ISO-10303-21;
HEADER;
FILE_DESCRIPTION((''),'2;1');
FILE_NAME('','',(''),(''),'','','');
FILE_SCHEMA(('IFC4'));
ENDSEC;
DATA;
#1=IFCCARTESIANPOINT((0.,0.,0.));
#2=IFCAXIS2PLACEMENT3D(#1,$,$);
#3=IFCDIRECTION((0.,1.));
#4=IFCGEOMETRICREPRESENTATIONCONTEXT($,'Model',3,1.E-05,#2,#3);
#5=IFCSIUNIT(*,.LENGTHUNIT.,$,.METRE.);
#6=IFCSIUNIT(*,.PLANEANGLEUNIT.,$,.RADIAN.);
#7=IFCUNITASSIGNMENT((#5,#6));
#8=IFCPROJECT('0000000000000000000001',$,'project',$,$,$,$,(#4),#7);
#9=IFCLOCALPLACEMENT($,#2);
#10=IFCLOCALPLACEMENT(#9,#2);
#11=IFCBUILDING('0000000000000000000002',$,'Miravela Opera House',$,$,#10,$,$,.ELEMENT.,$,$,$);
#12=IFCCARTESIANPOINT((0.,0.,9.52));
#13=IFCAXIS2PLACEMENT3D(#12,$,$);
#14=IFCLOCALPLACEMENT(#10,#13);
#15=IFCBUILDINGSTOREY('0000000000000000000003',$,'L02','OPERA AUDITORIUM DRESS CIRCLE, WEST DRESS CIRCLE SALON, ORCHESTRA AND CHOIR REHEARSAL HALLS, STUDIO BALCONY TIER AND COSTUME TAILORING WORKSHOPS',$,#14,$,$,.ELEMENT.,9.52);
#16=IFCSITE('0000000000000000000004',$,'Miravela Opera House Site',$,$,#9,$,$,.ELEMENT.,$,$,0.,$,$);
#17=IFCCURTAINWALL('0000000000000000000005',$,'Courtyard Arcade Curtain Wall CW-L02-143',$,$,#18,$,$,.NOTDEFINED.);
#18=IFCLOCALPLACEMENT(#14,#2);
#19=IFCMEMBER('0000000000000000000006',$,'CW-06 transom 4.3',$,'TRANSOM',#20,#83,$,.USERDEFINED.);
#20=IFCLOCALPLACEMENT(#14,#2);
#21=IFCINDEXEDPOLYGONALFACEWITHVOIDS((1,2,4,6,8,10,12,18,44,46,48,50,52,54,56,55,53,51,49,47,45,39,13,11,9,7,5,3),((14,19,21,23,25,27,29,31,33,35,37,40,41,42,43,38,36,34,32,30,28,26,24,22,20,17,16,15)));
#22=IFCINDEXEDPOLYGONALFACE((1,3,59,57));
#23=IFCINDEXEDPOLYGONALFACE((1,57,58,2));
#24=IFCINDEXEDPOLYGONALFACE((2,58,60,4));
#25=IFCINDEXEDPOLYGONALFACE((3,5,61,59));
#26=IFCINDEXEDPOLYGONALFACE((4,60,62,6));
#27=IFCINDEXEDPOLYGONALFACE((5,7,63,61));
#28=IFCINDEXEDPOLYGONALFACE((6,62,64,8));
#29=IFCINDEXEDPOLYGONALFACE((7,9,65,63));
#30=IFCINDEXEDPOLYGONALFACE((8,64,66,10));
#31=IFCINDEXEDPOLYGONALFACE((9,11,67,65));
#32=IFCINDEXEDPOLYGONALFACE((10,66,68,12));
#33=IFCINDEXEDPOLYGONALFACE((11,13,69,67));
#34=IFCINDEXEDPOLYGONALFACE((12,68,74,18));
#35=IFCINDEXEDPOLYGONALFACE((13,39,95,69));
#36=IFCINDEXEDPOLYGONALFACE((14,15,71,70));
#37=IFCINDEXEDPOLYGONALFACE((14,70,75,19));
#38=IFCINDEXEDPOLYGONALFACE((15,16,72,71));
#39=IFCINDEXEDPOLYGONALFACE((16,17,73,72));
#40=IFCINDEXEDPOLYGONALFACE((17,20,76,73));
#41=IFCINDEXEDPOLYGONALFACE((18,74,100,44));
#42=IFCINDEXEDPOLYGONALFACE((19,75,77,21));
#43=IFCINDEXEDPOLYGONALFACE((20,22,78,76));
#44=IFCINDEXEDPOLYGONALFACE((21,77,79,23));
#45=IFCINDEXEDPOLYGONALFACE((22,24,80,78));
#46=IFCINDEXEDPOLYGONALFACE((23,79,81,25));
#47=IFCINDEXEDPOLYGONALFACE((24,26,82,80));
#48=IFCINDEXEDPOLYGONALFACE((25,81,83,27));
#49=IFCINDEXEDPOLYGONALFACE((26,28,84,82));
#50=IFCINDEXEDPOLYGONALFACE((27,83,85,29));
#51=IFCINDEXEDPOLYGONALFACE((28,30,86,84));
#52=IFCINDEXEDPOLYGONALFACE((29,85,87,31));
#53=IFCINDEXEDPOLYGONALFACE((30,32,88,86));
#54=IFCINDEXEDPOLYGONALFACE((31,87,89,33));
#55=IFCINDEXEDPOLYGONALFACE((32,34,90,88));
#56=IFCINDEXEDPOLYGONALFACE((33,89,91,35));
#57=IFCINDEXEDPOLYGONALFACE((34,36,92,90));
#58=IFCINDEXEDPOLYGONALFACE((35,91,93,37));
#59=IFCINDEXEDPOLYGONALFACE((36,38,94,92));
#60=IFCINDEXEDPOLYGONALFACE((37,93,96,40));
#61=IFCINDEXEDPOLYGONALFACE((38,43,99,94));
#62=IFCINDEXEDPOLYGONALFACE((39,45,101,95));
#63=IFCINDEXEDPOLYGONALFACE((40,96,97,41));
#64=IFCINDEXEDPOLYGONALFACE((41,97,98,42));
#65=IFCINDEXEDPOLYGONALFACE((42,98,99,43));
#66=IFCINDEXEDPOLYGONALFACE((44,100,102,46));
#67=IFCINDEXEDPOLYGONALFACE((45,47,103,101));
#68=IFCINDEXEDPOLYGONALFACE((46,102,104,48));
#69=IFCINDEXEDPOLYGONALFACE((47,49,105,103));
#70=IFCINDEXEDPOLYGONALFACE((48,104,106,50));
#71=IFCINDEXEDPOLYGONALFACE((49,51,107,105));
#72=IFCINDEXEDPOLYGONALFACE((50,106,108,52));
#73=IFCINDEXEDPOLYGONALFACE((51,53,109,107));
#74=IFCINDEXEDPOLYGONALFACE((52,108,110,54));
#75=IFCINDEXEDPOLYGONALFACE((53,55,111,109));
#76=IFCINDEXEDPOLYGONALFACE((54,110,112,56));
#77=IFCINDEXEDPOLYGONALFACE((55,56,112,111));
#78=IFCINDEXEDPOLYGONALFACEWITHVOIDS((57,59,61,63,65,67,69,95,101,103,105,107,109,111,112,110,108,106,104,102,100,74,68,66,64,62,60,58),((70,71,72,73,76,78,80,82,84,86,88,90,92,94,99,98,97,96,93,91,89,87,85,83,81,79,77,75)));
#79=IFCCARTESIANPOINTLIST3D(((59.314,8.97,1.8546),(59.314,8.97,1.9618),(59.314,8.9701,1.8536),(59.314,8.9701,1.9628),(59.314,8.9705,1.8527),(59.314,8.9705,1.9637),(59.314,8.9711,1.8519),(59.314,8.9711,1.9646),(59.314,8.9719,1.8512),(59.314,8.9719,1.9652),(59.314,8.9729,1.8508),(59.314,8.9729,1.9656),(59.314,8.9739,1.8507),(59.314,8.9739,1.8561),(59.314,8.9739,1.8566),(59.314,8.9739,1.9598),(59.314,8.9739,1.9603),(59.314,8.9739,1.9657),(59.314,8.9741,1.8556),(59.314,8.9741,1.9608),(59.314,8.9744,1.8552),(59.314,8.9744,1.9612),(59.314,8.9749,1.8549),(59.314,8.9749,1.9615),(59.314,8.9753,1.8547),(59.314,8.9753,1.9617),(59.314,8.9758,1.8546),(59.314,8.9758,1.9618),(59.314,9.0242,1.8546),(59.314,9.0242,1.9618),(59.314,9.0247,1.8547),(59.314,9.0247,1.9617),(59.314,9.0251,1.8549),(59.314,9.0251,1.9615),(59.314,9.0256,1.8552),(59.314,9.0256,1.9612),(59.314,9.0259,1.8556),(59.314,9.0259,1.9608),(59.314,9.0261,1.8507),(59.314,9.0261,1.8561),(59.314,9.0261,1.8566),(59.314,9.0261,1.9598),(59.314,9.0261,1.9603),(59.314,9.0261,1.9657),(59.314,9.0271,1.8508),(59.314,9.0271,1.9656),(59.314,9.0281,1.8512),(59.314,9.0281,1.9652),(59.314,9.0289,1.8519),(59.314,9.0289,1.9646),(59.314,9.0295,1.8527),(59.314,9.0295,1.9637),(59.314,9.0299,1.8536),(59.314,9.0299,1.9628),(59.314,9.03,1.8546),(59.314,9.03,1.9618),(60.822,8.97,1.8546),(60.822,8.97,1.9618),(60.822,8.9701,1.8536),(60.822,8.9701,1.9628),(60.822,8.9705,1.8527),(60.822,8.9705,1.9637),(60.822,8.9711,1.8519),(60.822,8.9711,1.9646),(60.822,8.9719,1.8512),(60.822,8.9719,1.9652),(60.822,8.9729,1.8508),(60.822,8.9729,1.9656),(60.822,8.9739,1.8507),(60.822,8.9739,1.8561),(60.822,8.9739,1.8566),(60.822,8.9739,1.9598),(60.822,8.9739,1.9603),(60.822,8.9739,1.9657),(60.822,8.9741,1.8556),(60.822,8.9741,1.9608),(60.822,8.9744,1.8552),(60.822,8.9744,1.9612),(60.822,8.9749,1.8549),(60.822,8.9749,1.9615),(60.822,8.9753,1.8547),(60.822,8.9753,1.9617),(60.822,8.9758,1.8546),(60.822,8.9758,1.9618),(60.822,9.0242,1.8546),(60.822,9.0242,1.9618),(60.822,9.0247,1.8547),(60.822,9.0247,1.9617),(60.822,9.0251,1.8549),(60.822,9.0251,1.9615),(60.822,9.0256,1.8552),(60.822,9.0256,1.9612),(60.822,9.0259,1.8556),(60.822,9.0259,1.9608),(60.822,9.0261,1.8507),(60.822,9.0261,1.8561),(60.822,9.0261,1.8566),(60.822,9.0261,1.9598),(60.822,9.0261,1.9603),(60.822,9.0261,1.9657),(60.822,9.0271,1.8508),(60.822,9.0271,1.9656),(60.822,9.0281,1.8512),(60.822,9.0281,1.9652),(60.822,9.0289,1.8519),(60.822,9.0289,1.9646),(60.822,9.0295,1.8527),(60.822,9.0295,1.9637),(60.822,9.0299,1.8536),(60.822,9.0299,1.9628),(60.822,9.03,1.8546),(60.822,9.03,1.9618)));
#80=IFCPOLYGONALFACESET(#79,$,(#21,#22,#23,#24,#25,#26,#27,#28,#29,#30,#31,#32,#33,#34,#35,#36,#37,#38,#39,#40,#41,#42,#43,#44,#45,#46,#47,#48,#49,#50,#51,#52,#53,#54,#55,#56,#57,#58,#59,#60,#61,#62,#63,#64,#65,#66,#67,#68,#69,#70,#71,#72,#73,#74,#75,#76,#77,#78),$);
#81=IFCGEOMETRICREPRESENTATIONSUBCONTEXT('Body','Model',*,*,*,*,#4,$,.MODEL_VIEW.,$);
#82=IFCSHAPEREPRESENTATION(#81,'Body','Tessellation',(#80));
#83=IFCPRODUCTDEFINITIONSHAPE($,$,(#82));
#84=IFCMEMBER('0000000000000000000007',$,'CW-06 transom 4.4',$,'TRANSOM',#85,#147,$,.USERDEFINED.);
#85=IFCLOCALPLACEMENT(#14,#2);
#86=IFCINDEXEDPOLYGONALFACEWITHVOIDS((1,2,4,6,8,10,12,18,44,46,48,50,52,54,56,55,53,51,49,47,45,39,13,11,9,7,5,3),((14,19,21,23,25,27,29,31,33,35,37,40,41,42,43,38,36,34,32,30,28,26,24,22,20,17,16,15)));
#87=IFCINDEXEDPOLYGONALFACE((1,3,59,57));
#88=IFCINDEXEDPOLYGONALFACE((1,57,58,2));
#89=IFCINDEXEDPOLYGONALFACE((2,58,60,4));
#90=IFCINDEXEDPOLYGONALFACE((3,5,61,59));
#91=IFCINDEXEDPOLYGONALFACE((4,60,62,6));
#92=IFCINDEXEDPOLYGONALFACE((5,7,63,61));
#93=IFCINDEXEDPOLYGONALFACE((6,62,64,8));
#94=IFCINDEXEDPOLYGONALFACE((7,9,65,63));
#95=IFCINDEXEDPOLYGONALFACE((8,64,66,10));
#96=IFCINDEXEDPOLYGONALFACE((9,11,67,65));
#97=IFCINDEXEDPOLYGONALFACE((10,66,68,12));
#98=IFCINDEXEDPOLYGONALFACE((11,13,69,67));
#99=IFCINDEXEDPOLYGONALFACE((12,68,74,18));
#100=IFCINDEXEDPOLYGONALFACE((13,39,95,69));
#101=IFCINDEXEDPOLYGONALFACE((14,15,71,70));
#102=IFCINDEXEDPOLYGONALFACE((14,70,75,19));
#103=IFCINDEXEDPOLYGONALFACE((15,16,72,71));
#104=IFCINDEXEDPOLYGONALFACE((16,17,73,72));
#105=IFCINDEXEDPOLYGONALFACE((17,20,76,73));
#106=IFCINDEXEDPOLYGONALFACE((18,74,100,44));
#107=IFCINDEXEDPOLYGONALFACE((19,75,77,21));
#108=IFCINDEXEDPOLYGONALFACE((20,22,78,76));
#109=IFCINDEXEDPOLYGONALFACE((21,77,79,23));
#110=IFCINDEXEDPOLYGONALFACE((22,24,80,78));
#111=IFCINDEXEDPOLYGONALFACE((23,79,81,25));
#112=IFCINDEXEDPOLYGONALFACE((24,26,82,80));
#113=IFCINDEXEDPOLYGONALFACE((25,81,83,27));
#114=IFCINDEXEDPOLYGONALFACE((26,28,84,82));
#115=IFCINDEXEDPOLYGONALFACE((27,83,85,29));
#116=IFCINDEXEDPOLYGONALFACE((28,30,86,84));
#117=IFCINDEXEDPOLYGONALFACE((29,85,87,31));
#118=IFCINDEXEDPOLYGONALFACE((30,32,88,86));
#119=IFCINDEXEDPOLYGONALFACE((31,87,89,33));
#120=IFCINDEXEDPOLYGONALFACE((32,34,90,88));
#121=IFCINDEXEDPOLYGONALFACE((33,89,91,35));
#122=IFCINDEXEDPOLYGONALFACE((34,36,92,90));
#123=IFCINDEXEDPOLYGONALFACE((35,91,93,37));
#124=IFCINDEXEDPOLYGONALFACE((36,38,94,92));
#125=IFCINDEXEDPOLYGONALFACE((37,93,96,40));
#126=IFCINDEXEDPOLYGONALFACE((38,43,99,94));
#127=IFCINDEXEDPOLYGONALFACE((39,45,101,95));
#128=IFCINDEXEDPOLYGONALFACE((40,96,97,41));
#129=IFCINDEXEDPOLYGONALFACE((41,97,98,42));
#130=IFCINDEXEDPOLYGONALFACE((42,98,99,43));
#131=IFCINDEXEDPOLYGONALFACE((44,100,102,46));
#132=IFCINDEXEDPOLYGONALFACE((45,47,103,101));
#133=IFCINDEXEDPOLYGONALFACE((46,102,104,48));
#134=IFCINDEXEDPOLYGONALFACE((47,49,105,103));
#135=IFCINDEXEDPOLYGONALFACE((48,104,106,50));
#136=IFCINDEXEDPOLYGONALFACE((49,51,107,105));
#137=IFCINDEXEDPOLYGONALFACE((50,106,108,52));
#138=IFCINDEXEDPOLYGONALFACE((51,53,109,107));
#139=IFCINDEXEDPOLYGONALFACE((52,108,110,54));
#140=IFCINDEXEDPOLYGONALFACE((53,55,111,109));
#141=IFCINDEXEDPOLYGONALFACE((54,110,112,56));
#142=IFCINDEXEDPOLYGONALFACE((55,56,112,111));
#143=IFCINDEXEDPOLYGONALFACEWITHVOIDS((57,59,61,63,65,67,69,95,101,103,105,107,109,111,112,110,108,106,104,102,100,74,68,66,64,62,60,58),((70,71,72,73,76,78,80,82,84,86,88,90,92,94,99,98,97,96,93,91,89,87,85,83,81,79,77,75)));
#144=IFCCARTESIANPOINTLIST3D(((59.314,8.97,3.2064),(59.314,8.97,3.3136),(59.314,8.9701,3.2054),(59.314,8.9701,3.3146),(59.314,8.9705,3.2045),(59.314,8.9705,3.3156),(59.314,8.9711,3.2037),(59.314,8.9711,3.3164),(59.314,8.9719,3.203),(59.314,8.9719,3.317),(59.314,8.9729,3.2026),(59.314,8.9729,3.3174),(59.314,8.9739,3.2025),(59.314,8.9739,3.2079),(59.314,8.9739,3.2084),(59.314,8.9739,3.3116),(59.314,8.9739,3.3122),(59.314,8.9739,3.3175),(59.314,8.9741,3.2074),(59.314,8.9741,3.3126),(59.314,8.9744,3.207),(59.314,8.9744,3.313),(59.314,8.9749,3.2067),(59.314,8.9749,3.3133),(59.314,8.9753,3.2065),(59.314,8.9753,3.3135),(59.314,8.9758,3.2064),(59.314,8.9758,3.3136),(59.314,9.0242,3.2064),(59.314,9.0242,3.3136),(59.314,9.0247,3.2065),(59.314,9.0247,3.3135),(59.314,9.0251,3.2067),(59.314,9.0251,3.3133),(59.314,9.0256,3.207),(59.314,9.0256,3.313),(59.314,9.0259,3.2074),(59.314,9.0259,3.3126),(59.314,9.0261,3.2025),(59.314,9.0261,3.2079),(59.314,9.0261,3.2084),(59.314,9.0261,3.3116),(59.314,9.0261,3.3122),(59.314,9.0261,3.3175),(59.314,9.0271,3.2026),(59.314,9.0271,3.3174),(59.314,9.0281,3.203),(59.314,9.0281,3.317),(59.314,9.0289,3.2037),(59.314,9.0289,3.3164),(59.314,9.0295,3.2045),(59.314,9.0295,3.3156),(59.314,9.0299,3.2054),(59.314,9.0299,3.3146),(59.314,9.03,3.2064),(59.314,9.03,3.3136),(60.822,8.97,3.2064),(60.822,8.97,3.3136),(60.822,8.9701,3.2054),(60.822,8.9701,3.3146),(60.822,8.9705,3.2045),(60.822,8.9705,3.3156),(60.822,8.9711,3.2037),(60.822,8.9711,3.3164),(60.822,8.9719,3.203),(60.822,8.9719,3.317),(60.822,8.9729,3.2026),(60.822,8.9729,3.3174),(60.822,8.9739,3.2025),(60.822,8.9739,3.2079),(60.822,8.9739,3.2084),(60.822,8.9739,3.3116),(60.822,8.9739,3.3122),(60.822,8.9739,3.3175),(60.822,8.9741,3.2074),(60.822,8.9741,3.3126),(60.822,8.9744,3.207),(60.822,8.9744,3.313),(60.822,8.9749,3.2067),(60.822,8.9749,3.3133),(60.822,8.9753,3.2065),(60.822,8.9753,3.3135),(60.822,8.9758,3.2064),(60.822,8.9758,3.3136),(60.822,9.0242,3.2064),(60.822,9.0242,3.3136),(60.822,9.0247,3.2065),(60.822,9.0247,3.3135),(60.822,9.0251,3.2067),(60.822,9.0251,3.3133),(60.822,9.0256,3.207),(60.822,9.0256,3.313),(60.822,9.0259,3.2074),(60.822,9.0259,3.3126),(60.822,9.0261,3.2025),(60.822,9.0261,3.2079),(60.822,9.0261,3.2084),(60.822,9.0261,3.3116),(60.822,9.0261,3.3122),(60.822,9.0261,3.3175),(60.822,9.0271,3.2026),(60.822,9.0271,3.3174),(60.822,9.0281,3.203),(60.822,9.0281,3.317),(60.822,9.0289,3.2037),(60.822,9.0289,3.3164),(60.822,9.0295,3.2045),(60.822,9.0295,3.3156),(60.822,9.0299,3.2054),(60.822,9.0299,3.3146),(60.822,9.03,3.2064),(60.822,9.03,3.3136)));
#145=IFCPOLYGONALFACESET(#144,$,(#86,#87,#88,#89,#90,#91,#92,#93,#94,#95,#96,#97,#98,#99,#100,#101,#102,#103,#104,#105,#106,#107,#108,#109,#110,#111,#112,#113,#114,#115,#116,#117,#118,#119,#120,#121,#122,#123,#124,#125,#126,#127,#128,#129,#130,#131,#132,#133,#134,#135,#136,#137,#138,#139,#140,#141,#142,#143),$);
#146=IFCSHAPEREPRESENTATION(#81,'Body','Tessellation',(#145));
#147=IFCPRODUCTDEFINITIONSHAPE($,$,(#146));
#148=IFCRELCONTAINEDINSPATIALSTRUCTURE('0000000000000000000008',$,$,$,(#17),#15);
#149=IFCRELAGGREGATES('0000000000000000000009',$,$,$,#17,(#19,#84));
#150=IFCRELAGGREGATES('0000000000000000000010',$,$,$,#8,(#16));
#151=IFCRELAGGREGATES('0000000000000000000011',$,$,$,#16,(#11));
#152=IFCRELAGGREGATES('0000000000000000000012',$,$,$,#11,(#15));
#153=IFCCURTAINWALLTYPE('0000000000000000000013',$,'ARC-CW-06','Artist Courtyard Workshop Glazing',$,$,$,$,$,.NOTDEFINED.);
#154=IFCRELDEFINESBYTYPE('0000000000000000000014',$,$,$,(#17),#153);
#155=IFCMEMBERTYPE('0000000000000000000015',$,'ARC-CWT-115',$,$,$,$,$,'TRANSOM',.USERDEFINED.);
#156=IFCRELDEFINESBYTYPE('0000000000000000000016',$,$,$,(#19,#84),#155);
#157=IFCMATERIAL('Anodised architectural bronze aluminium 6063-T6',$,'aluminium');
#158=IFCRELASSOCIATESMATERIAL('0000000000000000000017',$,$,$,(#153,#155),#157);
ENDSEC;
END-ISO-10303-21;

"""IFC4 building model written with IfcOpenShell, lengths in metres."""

from ifc_helpers import new_model, si_unit, direction, frame, origin, origin_2d, place, context, subcontext, project, spatial, hollow_rectangle, extrude, material, material_profile, profile_set, type_object, element, aggregate, save


model = new_model("IFC4")

# Units and contexts
model_context = context("Model", 3, precision=1e-05, world=origin(), true_north=direction((0.0, 1.0)))
body_context = subcontext(model_context, "Body", "Model", "MODEL_VIEW")
ifc_project = project(units=[si_unit("LENGTHUNIT", "METRE"), si_unit("PLANEANGLEUNIT", "RADIAN")], contexts=[model_context])

# Site, building, storey
site_placement = place(None, origin())
site = spatial("IfcSite", under=ifc_project, at=site_placement, Name="Miravela Opera House Site", CompositionType="ELEMENT", RefElevation=0.0)
building_placement = place(site_placement, origin())
building = spatial("IfcBuilding", under=site, at=building_placement, Name="Miravela Opera House", CompositionType="ELEMENT")
storey_placement = place(building_placement, frame((0.0, 0.0, 9.52)))
storey = spatial("IfcBuildingStorey", under=building, at=storey_placement, Name="L02", Description="OPERA AUDITORIUM DRESS CIRCLE, WEST DRESS CIRCLE SALON, ORCHESTRA AND CHOIR REHEARSAL HALLS, STUDIO BALCONY TIER AND COSTUME TAILORING WORKSHOPS", CompositionType="ELEMENT", Elevation=9.52)

# Curtain wall
ifc_material_1 = material(Name="Anodised architectural bronze aluminium 6063-T6", Category="aluminium")
curtain_wall_type = type_object("IfcCurtainWallType", Name="ARC-CW-06", Description="Artist Courtyard Workshop Glazing", PredefinedType="NOTDEFINED", material=ifc_material_1)
curtain_wall_1_placement = place(storey_placement, origin())
curtain_wall_1 = element("IfcCurtainWall", 1, at=curtain_wall_1_placement, inside=storey, type_object=curtain_wall_type, Name="Courtyard Arcade Curtain Wall CW-L02-143", PredefinedType="NOTDEFINED")

# Members
ifc_material_profile_1 = material_profile(ifc_material_1, hollow_rectangle(XDim=0.0601, YDim=0.115, WallThickness=0.0039, InnerFilletRadius=0.002, OuterFilletRadius=0.0039, at=origin_2d()), Name="CWT-60X115")
ifc_profile_set_1 = profile_set([ifc_material_profile_1])
member_type_1 = type_object("IfcMemberType", Name="ARC-CWT-115", ElementType="TRANSOM", PredefinedType="USERDEFINED", material=ifc_profile_set_1)
member_1_placement = place(storey_placement, frame((59.314, 9.0, 1.9082), z_axis=(1.0, 0.0, 0.0), x_axis=(0.0, 1.0, 0.0)))
member_1 = element("IfcMember", 2, at=member_1_placement, type_object=member_type_1, Name="CW-06 transom 4.3", ObjectType="TRANSOM", PredefinedType="USERDEFINED", context=body_context, shape_type="SweptSolid", body=[
    extrude(hollow_rectangle(XDim=0.0601, YDim=0.115, WallThickness=0.0039, InnerFilletRadius=0.002, OuterFilletRadius=0.0039, at=origin_2d()), origin(), (0.0, 0.0, 1.0), 1.5081),
])
member_2_placement = place(storey_placement, frame((59.314, 9.0, 3.26), z_axis=(1.0, 0.0, 0.0), x_axis=(0.0, 1.0, 0.0)))
member_2 = element("IfcMember", 3, at=member_2_placement, type_object=member_type_1, Name="CW-06 transom 4.4", ObjectType="TRANSOM", PredefinedType="USERDEFINED", context=body_context, shape_type="SweptSolid", body=[
    extrude(hollow_rectangle(XDim=0.0601, YDim=0.115, WallThickness=0.0039, InnerFilletRadius=0.002, OuterFilletRadius=0.0039, at=origin_2d()), origin(), (0.0, 0.0, 1.0), 1.5081),
])

aggregate(curtain_wall_1, [member_1, member_2])

save(model, "model.ifc")
